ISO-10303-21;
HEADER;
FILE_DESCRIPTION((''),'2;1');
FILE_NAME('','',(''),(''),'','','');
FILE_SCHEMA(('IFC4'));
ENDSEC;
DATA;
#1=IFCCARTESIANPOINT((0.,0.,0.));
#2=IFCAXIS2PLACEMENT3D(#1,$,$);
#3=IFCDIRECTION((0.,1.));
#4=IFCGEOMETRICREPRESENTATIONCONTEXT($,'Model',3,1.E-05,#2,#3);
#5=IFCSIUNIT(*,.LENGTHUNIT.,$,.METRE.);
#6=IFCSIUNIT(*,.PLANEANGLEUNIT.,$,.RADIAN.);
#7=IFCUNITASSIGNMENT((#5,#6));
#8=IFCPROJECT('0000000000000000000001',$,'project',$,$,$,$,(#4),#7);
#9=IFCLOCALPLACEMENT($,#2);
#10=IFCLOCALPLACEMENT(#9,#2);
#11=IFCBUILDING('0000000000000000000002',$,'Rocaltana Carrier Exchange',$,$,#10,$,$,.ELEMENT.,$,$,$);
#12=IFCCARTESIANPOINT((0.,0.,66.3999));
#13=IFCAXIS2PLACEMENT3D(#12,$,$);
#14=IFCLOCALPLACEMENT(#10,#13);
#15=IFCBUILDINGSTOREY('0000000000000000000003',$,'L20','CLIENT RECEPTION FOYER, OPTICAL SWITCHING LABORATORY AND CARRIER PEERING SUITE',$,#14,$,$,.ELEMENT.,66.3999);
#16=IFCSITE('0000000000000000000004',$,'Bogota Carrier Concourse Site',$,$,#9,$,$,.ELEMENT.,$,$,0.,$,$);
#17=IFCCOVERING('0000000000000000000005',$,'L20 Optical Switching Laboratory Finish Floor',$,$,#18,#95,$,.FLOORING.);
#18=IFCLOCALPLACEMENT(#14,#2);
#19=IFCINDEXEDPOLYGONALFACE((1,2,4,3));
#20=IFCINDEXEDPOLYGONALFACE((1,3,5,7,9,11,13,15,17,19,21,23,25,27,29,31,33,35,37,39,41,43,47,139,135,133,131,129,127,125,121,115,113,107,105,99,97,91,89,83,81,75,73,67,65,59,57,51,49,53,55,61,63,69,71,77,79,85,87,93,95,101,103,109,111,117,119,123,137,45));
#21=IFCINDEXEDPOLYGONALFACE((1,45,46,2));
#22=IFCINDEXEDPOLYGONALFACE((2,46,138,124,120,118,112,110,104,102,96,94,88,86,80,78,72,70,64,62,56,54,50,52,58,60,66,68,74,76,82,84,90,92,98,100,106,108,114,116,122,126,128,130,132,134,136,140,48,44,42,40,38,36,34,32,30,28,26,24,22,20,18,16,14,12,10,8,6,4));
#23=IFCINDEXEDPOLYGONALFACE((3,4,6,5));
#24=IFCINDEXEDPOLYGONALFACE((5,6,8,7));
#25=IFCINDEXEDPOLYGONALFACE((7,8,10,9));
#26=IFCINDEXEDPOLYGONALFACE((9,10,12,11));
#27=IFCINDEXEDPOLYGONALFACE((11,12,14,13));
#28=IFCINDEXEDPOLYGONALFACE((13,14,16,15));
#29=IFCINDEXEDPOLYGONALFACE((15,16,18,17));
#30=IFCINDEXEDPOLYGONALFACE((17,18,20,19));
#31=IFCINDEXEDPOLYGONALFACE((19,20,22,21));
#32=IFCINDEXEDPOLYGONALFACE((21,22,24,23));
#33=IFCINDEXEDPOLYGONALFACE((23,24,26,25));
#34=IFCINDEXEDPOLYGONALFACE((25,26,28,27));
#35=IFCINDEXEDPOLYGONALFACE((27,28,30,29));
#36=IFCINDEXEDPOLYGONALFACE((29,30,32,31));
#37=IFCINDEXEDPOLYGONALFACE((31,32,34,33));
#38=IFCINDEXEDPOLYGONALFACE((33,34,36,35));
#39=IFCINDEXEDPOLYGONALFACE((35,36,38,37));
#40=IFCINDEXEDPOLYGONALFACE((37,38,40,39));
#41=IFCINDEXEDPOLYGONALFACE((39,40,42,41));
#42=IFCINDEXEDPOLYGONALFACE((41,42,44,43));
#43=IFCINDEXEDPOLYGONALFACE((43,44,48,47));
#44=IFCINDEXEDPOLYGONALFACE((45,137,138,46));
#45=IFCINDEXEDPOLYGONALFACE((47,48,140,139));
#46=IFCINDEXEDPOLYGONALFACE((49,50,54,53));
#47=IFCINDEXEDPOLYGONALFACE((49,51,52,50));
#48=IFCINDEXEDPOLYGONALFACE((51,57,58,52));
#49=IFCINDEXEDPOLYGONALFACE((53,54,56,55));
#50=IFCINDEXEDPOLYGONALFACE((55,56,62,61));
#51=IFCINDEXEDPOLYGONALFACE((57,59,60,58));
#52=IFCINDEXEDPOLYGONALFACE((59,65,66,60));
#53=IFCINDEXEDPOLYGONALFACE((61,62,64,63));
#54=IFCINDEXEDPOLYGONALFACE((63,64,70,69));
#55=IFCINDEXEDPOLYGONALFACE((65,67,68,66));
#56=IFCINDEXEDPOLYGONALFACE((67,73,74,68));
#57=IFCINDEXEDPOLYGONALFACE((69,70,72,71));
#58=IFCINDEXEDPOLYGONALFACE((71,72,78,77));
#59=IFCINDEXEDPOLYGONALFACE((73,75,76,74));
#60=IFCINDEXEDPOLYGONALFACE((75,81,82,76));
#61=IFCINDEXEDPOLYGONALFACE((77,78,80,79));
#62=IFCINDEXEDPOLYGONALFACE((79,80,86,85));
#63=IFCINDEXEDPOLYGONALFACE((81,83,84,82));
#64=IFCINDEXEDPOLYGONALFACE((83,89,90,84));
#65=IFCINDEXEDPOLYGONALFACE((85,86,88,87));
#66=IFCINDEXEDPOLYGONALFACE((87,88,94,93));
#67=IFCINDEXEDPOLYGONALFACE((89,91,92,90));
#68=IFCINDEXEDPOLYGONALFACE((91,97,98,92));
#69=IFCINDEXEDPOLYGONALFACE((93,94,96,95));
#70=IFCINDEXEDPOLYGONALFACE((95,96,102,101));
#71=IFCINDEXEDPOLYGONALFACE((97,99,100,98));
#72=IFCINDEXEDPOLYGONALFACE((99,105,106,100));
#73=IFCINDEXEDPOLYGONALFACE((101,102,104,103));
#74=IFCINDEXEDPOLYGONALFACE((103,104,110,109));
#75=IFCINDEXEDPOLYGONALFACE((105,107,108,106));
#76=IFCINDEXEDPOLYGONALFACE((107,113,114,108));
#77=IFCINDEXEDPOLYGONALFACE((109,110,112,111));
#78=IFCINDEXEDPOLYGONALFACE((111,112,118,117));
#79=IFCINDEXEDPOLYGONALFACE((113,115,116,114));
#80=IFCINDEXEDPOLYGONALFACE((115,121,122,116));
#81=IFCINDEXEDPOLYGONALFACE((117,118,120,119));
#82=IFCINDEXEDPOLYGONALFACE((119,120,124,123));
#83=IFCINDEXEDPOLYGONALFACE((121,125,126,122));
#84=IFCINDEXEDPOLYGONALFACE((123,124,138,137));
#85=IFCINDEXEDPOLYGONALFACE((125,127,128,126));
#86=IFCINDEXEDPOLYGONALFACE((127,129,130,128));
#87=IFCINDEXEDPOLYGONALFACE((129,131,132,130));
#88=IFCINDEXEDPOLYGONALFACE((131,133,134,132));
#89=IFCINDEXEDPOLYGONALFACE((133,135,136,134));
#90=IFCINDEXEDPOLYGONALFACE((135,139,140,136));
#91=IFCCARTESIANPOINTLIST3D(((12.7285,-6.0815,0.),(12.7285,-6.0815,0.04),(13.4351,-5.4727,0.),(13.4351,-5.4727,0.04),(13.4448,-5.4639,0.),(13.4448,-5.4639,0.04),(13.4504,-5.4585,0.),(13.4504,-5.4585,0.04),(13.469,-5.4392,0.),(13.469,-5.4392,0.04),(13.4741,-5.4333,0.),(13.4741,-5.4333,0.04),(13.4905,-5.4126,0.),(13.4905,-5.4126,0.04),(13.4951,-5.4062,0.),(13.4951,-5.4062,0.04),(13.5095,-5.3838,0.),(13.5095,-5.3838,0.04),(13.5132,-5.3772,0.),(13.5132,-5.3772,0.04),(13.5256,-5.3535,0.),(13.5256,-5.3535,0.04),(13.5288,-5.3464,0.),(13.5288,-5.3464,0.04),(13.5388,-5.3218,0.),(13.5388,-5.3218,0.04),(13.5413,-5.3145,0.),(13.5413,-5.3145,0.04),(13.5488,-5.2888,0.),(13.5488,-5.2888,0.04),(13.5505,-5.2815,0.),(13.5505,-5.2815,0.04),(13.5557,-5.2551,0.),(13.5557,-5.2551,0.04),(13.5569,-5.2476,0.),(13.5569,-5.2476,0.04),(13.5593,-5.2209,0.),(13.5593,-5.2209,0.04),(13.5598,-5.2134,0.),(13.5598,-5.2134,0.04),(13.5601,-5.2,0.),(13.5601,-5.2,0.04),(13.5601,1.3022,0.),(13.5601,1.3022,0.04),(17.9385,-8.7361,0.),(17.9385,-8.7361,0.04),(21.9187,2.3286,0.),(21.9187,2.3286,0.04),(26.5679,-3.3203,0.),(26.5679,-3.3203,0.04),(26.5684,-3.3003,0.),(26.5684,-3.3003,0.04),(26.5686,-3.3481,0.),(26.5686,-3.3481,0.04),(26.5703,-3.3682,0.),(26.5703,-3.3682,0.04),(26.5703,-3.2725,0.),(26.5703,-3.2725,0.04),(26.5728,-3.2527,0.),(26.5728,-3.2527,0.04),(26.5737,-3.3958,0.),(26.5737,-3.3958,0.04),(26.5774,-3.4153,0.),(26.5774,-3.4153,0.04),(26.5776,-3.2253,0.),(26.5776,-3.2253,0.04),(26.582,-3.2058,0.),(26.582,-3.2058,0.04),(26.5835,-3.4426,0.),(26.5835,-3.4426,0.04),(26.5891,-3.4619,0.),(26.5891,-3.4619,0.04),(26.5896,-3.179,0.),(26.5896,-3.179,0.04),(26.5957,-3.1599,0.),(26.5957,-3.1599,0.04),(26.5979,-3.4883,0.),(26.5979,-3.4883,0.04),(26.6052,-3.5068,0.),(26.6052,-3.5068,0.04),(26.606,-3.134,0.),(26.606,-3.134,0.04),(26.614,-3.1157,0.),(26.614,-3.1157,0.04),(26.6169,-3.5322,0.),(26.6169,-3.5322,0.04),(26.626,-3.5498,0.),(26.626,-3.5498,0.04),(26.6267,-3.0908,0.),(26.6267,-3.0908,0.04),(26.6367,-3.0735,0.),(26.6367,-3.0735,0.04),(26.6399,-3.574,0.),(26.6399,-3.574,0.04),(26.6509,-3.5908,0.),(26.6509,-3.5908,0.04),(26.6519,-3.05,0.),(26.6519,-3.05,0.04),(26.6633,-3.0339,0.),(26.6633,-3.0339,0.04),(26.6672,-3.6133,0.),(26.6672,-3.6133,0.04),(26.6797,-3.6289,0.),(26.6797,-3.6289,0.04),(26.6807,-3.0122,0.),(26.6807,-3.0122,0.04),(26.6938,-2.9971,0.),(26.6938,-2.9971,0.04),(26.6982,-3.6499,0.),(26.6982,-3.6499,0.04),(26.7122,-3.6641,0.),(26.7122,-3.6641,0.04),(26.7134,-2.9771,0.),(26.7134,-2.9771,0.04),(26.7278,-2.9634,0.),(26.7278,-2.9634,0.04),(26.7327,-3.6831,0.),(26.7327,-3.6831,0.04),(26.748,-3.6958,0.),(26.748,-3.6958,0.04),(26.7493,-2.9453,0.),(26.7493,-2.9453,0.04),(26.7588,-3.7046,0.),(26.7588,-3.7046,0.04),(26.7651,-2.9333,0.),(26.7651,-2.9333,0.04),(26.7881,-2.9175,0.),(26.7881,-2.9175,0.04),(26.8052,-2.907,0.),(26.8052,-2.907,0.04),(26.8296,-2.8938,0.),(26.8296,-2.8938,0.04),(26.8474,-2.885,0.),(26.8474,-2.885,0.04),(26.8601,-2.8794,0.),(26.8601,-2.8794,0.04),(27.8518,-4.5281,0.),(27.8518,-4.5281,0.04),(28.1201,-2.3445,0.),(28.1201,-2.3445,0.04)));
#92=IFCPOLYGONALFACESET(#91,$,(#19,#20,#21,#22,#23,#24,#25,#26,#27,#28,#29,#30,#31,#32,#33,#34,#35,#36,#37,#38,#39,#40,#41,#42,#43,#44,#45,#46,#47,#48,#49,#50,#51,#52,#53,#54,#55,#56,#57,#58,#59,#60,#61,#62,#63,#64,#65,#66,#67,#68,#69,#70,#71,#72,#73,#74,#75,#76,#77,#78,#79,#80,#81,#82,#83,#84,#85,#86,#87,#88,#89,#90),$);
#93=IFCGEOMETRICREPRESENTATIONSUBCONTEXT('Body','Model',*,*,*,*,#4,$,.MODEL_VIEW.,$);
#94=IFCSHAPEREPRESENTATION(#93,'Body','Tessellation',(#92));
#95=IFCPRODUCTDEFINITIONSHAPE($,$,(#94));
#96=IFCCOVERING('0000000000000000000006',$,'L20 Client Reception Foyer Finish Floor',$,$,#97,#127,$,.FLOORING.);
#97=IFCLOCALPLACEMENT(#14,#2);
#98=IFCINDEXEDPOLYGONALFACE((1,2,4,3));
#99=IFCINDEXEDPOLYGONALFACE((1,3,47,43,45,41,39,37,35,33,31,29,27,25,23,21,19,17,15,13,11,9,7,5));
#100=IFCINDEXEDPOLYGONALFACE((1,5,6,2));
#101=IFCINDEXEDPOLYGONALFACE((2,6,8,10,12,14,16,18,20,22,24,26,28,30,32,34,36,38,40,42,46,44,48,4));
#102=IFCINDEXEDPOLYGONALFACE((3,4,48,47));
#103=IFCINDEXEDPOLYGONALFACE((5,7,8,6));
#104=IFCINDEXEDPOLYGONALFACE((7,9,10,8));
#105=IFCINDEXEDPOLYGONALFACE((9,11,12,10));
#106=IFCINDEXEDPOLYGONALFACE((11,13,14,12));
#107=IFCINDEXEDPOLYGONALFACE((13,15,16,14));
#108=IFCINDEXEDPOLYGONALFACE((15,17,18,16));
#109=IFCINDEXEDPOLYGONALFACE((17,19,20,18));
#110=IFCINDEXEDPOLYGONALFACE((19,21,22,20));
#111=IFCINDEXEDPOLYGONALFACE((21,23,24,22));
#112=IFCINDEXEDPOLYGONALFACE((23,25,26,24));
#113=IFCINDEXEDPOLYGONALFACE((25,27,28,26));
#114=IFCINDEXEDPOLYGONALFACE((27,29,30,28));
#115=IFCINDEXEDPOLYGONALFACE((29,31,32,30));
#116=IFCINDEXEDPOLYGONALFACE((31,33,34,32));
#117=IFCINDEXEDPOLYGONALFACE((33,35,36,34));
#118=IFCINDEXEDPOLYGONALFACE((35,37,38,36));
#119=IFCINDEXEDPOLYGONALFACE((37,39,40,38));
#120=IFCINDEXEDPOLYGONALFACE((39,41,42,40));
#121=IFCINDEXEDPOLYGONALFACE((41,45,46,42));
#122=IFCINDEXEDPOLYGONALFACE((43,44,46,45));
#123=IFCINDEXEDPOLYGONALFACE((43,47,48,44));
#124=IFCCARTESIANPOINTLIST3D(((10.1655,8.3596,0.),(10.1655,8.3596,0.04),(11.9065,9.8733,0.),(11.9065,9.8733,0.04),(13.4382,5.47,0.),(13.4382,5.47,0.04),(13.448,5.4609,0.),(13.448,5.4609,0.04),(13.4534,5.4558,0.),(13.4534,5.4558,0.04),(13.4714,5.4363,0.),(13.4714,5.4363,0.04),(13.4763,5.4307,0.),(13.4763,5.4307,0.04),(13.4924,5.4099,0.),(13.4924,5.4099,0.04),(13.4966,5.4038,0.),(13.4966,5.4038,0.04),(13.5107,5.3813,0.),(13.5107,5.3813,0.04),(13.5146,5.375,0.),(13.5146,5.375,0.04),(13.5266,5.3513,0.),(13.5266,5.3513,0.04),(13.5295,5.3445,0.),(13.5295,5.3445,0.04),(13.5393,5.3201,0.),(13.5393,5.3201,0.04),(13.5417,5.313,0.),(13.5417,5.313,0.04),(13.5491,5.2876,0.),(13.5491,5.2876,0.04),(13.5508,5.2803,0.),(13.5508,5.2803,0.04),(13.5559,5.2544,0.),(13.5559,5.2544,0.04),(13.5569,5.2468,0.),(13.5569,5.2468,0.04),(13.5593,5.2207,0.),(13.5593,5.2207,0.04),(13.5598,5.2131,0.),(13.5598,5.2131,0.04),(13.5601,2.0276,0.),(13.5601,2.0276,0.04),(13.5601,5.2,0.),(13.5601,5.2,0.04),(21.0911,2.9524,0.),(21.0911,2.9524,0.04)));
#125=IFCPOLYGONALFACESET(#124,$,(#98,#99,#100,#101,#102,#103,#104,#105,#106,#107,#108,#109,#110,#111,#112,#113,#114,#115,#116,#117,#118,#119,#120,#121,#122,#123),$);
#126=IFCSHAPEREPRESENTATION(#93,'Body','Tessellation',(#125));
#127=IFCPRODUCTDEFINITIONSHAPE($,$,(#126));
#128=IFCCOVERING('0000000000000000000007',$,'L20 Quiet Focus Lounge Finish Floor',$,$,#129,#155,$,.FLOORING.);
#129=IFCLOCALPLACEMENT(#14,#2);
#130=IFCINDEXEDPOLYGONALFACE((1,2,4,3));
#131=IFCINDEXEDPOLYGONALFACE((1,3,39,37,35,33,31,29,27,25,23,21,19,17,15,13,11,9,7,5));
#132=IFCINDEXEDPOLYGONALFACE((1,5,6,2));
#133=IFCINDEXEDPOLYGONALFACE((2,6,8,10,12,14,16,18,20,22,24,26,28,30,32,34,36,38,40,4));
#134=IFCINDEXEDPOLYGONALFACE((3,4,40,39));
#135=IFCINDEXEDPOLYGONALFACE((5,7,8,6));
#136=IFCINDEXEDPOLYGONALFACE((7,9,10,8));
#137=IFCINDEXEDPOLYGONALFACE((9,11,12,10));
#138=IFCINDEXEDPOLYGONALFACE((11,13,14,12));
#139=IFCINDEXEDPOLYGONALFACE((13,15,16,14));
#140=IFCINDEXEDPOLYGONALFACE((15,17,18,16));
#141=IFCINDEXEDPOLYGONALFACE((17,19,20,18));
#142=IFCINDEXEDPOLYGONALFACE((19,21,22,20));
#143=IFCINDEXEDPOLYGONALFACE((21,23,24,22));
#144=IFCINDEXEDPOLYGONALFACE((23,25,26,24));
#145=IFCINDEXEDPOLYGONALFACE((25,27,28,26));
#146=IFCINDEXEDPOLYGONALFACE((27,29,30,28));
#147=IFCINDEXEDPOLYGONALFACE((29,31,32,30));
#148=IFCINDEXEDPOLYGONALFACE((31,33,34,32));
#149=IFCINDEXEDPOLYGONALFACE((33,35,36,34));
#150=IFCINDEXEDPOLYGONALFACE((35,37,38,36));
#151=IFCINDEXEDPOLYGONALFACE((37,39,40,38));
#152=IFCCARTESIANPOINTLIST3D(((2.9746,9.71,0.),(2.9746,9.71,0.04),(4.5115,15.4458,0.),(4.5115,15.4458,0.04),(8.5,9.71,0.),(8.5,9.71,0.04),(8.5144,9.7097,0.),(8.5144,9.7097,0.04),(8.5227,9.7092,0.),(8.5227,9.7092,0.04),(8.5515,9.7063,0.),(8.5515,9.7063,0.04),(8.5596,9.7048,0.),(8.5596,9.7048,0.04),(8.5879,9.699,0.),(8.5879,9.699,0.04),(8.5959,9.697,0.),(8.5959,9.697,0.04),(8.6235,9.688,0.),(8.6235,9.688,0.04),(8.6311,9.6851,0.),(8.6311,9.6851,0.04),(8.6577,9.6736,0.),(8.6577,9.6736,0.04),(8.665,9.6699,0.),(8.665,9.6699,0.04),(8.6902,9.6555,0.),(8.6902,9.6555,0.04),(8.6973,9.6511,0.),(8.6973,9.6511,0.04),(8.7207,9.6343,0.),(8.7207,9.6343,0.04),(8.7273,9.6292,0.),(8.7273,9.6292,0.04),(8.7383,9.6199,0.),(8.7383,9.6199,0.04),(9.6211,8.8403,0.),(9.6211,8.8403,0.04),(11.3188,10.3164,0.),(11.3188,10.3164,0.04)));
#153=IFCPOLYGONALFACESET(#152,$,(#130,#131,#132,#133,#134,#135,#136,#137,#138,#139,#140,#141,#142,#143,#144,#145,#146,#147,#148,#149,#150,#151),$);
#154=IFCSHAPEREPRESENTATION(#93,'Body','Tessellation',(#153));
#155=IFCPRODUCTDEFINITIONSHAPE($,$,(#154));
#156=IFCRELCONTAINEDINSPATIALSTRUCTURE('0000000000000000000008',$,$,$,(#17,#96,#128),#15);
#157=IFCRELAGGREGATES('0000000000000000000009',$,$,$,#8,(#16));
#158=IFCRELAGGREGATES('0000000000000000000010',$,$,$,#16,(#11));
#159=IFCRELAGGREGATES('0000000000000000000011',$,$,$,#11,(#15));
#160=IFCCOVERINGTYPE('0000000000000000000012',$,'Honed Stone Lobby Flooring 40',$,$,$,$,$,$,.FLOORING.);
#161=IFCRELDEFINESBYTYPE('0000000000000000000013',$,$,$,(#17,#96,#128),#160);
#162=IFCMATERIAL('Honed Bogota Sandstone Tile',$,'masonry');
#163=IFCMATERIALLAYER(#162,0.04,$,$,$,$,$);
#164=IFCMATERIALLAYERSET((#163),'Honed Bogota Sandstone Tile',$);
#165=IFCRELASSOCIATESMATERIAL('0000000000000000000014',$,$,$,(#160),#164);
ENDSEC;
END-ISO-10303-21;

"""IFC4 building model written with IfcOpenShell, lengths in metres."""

from ifc_helpers import new_model, si_unit, direction, frame, origin, place, context, subcontext, project, spatial, polyline, outline, extrude, material, layer, layer_set, type_object, element, save


model = new_model("IFC4")

# Units and contexts
model_context = context("Model", 3, precision=1e-05, world=origin(), true_north=direction((0.0, 1.0)))
body_context = subcontext(model_context, "Body", "Model", "MODEL_VIEW")
ifc_project = project(units=[si_unit("LENGTHUNIT", "METRE"), si_unit("PLANEANGLEUNIT", "RADIAN")], contexts=[model_context])

# Site, building, storey
site_placement = place(None, origin())
site = spatial("IfcSite", under=ifc_project, at=site_placement, Name="Bogota Carrier Concourse Site", CompositionType="ELEMENT", RefElevation=0.0)
building_placement = place(site_placement, origin())
building = spatial("IfcBuilding", under=site, at=building_placement, Name="Rocaltana Carrier Exchange", CompositionType="ELEMENT")
storey_placement = place(building_placement, frame((0.0, 0.0, 66.3999)))
storey = spatial("IfcBuildingStorey", under=building, at=storey_placement, Name="L20", Description="CLIENT RECEPTION FOYER, OPTICAL SWITCHING LABORATORY AND CARRIER PEERING SUITE", CompositionType="ELEMENT", Elevation=66.3999)

# Coverings
ifc_material_1 = material(Name="Honed Bogota Sandstone Tile", Category="masonry")
ifc_layer_1 = layer(ifc_material_1, 0.04)
ifc_layer_set_1 = layer_set([ifc_layer_1], Name="Honed Bogota Sandstone Tile")
covering_type_1 = type_object("IfcCoveringType", Name="Honed Stone Lobby Flooring 40", PredefinedType="FLOORING", material=ifc_layer_set_1)
covering_1_placement = place(storey_placement, origin())
element("IfcCovering", 1, at=covering_1_placement, inside=storey, type_object=covering_type_1, Name="L20 Optical Switching Laboratory Finish Floor", PredefinedType="FLOORING", context=body_context, shape_type="SweptSolid", body=[
    extrude(outline(polyline([(28.1201, -2.3445), (26.8601, -2.8794), (26.8474, -2.885), (26.8296, -2.8938), (26.8052, -2.907), (26.7881, -2.9175), (26.7651, -2.9333), (26.7493, -2.9453), (26.7278, -2.9634), (26.7134, -2.9771), (26.6938, -2.9971), (26.6807, -3.0122), (26.6633, -3.0339), (26.6519, -3.05), (26.6367, -3.0735), (26.6267, -3.0908), (26.614, -3.1157), (26.606, -3.134), (26.5957, -3.1599), (26.5896, -3.179), (26.582, -3.2058), (26.5776, -3.2253), (26.5728, -3.2527), (26.5703, -3.2725), (26.5684, -3.3003), (26.5679, -3.3203), (26.5686, -3.3481), (26.5703, -3.3682), (26.5737, -3.3958), (26.5774, -3.4153), (26.5835, -3.4426), (26.5891, -3.4619), (26.5979, -3.4883), (26.6052, -3.5068), (26.6169, -3.5322), (26.626, -3.5498), (26.6399, -3.574), (26.6509, -3.5908), (26.6672, -3.6133), (26.6797, -3.6289), (26.6982, -3.6499), (26.7122, -3.6641), (26.7327, -3.6831), (26.748, -3.6958), (26.7588, -3.7046), (27.8518, -4.5281), (17.9385, -8.7361), (12.7285, -6.0815), (13.4351, -5.4727), (13.4448, -5.4639), (13.4504, -5.4585), (13.469, -5.4392), (13.4741, -5.4333), (13.4905, -5.4126), (13.4951, -5.4062), (13.5095, -5.3838), (13.5132, -5.3772), (13.5256, -5.3535), (13.5288, -5.3464), (13.5388, -5.3218), (13.5413, -5.3145), (13.5488, -5.2888), (13.5505, -5.2815), (13.5557, -5.2551), (13.5569, -5.2476), (13.5593, -5.2209), (13.5598, -5.2134), (13.5601, -5.2), (13.5601, 1.3022), (21.9187, 2.3286), (28.1201, -2.3445)])), origin(), (0.0, 0.0, 1.0), 0.04),
])
covering_2_placement = place(storey_placement, origin())
element("IfcCovering", 2, at=covering_2_placement, inside=storey, type_object=covering_type_1, Name="L20 Client Reception Foyer Finish Floor", PredefinedType="FLOORING", context=body_context, shape_type="SweptSolid", body=[
    extrude(outline(polyline([(21.0911, 2.9524), (13.5601, 2.0276), (13.5601, 5.2), (13.5598, 5.2131), (13.5593, 5.2207), (13.5569, 5.2468), (13.5559, 5.2544), (13.5508, 5.2803), (13.5491, 5.2876), (13.5417, 5.313), (13.5393, 5.3201), (13.5295, 5.3445), (13.5266, 5.3513), (13.5146, 5.375), (13.5107, 5.3813), (13.4966, 5.4038), (13.4924, 5.4099), (13.4763, 5.4307), (13.4714, 5.4363), (13.4534, 5.4558), (13.448, 5.4609), (13.4382, 5.47), (10.1655, 8.3596), (11.9065, 9.8733), (21.0911, 2.9524)])), origin(), (0.0, 0.0, 1.0), 0.04),
])
covering_3_placement = place(storey_placement, origin())
element("IfcCovering", 3, at=covering_3_placement, inside=storey, type_object=covering_type_1, Name="L20 Quiet Focus Lounge Finish Floor", PredefinedType="FLOORING", context=body_context, shape_type="SweptSolid", body=[
    extrude(outline(polyline([(11.3188, 10.3164), (9.6211, 8.8403), (8.7383, 9.6199), (8.7273, 9.6292), (8.7207, 9.6343), (8.6973, 9.6511), (8.6902, 9.6555), (8.665, 9.6699), (8.6577, 9.6736), (8.6311, 9.6851), (8.6235, 9.688), (8.5959, 9.697), (8.5879, 9.699), (8.5596, 9.7048), (8.5515, 9.7063), (8.5227, 9.7092), (8.5144, 9.7097), (8.5, 9.71), (2.9746, 9.71), (4.5115, 15.4458), (11.3188, 10.3164)])), origin(), (0.0, 0.0, 1.0), 0.04),
])

save(model, "model.ifc")
